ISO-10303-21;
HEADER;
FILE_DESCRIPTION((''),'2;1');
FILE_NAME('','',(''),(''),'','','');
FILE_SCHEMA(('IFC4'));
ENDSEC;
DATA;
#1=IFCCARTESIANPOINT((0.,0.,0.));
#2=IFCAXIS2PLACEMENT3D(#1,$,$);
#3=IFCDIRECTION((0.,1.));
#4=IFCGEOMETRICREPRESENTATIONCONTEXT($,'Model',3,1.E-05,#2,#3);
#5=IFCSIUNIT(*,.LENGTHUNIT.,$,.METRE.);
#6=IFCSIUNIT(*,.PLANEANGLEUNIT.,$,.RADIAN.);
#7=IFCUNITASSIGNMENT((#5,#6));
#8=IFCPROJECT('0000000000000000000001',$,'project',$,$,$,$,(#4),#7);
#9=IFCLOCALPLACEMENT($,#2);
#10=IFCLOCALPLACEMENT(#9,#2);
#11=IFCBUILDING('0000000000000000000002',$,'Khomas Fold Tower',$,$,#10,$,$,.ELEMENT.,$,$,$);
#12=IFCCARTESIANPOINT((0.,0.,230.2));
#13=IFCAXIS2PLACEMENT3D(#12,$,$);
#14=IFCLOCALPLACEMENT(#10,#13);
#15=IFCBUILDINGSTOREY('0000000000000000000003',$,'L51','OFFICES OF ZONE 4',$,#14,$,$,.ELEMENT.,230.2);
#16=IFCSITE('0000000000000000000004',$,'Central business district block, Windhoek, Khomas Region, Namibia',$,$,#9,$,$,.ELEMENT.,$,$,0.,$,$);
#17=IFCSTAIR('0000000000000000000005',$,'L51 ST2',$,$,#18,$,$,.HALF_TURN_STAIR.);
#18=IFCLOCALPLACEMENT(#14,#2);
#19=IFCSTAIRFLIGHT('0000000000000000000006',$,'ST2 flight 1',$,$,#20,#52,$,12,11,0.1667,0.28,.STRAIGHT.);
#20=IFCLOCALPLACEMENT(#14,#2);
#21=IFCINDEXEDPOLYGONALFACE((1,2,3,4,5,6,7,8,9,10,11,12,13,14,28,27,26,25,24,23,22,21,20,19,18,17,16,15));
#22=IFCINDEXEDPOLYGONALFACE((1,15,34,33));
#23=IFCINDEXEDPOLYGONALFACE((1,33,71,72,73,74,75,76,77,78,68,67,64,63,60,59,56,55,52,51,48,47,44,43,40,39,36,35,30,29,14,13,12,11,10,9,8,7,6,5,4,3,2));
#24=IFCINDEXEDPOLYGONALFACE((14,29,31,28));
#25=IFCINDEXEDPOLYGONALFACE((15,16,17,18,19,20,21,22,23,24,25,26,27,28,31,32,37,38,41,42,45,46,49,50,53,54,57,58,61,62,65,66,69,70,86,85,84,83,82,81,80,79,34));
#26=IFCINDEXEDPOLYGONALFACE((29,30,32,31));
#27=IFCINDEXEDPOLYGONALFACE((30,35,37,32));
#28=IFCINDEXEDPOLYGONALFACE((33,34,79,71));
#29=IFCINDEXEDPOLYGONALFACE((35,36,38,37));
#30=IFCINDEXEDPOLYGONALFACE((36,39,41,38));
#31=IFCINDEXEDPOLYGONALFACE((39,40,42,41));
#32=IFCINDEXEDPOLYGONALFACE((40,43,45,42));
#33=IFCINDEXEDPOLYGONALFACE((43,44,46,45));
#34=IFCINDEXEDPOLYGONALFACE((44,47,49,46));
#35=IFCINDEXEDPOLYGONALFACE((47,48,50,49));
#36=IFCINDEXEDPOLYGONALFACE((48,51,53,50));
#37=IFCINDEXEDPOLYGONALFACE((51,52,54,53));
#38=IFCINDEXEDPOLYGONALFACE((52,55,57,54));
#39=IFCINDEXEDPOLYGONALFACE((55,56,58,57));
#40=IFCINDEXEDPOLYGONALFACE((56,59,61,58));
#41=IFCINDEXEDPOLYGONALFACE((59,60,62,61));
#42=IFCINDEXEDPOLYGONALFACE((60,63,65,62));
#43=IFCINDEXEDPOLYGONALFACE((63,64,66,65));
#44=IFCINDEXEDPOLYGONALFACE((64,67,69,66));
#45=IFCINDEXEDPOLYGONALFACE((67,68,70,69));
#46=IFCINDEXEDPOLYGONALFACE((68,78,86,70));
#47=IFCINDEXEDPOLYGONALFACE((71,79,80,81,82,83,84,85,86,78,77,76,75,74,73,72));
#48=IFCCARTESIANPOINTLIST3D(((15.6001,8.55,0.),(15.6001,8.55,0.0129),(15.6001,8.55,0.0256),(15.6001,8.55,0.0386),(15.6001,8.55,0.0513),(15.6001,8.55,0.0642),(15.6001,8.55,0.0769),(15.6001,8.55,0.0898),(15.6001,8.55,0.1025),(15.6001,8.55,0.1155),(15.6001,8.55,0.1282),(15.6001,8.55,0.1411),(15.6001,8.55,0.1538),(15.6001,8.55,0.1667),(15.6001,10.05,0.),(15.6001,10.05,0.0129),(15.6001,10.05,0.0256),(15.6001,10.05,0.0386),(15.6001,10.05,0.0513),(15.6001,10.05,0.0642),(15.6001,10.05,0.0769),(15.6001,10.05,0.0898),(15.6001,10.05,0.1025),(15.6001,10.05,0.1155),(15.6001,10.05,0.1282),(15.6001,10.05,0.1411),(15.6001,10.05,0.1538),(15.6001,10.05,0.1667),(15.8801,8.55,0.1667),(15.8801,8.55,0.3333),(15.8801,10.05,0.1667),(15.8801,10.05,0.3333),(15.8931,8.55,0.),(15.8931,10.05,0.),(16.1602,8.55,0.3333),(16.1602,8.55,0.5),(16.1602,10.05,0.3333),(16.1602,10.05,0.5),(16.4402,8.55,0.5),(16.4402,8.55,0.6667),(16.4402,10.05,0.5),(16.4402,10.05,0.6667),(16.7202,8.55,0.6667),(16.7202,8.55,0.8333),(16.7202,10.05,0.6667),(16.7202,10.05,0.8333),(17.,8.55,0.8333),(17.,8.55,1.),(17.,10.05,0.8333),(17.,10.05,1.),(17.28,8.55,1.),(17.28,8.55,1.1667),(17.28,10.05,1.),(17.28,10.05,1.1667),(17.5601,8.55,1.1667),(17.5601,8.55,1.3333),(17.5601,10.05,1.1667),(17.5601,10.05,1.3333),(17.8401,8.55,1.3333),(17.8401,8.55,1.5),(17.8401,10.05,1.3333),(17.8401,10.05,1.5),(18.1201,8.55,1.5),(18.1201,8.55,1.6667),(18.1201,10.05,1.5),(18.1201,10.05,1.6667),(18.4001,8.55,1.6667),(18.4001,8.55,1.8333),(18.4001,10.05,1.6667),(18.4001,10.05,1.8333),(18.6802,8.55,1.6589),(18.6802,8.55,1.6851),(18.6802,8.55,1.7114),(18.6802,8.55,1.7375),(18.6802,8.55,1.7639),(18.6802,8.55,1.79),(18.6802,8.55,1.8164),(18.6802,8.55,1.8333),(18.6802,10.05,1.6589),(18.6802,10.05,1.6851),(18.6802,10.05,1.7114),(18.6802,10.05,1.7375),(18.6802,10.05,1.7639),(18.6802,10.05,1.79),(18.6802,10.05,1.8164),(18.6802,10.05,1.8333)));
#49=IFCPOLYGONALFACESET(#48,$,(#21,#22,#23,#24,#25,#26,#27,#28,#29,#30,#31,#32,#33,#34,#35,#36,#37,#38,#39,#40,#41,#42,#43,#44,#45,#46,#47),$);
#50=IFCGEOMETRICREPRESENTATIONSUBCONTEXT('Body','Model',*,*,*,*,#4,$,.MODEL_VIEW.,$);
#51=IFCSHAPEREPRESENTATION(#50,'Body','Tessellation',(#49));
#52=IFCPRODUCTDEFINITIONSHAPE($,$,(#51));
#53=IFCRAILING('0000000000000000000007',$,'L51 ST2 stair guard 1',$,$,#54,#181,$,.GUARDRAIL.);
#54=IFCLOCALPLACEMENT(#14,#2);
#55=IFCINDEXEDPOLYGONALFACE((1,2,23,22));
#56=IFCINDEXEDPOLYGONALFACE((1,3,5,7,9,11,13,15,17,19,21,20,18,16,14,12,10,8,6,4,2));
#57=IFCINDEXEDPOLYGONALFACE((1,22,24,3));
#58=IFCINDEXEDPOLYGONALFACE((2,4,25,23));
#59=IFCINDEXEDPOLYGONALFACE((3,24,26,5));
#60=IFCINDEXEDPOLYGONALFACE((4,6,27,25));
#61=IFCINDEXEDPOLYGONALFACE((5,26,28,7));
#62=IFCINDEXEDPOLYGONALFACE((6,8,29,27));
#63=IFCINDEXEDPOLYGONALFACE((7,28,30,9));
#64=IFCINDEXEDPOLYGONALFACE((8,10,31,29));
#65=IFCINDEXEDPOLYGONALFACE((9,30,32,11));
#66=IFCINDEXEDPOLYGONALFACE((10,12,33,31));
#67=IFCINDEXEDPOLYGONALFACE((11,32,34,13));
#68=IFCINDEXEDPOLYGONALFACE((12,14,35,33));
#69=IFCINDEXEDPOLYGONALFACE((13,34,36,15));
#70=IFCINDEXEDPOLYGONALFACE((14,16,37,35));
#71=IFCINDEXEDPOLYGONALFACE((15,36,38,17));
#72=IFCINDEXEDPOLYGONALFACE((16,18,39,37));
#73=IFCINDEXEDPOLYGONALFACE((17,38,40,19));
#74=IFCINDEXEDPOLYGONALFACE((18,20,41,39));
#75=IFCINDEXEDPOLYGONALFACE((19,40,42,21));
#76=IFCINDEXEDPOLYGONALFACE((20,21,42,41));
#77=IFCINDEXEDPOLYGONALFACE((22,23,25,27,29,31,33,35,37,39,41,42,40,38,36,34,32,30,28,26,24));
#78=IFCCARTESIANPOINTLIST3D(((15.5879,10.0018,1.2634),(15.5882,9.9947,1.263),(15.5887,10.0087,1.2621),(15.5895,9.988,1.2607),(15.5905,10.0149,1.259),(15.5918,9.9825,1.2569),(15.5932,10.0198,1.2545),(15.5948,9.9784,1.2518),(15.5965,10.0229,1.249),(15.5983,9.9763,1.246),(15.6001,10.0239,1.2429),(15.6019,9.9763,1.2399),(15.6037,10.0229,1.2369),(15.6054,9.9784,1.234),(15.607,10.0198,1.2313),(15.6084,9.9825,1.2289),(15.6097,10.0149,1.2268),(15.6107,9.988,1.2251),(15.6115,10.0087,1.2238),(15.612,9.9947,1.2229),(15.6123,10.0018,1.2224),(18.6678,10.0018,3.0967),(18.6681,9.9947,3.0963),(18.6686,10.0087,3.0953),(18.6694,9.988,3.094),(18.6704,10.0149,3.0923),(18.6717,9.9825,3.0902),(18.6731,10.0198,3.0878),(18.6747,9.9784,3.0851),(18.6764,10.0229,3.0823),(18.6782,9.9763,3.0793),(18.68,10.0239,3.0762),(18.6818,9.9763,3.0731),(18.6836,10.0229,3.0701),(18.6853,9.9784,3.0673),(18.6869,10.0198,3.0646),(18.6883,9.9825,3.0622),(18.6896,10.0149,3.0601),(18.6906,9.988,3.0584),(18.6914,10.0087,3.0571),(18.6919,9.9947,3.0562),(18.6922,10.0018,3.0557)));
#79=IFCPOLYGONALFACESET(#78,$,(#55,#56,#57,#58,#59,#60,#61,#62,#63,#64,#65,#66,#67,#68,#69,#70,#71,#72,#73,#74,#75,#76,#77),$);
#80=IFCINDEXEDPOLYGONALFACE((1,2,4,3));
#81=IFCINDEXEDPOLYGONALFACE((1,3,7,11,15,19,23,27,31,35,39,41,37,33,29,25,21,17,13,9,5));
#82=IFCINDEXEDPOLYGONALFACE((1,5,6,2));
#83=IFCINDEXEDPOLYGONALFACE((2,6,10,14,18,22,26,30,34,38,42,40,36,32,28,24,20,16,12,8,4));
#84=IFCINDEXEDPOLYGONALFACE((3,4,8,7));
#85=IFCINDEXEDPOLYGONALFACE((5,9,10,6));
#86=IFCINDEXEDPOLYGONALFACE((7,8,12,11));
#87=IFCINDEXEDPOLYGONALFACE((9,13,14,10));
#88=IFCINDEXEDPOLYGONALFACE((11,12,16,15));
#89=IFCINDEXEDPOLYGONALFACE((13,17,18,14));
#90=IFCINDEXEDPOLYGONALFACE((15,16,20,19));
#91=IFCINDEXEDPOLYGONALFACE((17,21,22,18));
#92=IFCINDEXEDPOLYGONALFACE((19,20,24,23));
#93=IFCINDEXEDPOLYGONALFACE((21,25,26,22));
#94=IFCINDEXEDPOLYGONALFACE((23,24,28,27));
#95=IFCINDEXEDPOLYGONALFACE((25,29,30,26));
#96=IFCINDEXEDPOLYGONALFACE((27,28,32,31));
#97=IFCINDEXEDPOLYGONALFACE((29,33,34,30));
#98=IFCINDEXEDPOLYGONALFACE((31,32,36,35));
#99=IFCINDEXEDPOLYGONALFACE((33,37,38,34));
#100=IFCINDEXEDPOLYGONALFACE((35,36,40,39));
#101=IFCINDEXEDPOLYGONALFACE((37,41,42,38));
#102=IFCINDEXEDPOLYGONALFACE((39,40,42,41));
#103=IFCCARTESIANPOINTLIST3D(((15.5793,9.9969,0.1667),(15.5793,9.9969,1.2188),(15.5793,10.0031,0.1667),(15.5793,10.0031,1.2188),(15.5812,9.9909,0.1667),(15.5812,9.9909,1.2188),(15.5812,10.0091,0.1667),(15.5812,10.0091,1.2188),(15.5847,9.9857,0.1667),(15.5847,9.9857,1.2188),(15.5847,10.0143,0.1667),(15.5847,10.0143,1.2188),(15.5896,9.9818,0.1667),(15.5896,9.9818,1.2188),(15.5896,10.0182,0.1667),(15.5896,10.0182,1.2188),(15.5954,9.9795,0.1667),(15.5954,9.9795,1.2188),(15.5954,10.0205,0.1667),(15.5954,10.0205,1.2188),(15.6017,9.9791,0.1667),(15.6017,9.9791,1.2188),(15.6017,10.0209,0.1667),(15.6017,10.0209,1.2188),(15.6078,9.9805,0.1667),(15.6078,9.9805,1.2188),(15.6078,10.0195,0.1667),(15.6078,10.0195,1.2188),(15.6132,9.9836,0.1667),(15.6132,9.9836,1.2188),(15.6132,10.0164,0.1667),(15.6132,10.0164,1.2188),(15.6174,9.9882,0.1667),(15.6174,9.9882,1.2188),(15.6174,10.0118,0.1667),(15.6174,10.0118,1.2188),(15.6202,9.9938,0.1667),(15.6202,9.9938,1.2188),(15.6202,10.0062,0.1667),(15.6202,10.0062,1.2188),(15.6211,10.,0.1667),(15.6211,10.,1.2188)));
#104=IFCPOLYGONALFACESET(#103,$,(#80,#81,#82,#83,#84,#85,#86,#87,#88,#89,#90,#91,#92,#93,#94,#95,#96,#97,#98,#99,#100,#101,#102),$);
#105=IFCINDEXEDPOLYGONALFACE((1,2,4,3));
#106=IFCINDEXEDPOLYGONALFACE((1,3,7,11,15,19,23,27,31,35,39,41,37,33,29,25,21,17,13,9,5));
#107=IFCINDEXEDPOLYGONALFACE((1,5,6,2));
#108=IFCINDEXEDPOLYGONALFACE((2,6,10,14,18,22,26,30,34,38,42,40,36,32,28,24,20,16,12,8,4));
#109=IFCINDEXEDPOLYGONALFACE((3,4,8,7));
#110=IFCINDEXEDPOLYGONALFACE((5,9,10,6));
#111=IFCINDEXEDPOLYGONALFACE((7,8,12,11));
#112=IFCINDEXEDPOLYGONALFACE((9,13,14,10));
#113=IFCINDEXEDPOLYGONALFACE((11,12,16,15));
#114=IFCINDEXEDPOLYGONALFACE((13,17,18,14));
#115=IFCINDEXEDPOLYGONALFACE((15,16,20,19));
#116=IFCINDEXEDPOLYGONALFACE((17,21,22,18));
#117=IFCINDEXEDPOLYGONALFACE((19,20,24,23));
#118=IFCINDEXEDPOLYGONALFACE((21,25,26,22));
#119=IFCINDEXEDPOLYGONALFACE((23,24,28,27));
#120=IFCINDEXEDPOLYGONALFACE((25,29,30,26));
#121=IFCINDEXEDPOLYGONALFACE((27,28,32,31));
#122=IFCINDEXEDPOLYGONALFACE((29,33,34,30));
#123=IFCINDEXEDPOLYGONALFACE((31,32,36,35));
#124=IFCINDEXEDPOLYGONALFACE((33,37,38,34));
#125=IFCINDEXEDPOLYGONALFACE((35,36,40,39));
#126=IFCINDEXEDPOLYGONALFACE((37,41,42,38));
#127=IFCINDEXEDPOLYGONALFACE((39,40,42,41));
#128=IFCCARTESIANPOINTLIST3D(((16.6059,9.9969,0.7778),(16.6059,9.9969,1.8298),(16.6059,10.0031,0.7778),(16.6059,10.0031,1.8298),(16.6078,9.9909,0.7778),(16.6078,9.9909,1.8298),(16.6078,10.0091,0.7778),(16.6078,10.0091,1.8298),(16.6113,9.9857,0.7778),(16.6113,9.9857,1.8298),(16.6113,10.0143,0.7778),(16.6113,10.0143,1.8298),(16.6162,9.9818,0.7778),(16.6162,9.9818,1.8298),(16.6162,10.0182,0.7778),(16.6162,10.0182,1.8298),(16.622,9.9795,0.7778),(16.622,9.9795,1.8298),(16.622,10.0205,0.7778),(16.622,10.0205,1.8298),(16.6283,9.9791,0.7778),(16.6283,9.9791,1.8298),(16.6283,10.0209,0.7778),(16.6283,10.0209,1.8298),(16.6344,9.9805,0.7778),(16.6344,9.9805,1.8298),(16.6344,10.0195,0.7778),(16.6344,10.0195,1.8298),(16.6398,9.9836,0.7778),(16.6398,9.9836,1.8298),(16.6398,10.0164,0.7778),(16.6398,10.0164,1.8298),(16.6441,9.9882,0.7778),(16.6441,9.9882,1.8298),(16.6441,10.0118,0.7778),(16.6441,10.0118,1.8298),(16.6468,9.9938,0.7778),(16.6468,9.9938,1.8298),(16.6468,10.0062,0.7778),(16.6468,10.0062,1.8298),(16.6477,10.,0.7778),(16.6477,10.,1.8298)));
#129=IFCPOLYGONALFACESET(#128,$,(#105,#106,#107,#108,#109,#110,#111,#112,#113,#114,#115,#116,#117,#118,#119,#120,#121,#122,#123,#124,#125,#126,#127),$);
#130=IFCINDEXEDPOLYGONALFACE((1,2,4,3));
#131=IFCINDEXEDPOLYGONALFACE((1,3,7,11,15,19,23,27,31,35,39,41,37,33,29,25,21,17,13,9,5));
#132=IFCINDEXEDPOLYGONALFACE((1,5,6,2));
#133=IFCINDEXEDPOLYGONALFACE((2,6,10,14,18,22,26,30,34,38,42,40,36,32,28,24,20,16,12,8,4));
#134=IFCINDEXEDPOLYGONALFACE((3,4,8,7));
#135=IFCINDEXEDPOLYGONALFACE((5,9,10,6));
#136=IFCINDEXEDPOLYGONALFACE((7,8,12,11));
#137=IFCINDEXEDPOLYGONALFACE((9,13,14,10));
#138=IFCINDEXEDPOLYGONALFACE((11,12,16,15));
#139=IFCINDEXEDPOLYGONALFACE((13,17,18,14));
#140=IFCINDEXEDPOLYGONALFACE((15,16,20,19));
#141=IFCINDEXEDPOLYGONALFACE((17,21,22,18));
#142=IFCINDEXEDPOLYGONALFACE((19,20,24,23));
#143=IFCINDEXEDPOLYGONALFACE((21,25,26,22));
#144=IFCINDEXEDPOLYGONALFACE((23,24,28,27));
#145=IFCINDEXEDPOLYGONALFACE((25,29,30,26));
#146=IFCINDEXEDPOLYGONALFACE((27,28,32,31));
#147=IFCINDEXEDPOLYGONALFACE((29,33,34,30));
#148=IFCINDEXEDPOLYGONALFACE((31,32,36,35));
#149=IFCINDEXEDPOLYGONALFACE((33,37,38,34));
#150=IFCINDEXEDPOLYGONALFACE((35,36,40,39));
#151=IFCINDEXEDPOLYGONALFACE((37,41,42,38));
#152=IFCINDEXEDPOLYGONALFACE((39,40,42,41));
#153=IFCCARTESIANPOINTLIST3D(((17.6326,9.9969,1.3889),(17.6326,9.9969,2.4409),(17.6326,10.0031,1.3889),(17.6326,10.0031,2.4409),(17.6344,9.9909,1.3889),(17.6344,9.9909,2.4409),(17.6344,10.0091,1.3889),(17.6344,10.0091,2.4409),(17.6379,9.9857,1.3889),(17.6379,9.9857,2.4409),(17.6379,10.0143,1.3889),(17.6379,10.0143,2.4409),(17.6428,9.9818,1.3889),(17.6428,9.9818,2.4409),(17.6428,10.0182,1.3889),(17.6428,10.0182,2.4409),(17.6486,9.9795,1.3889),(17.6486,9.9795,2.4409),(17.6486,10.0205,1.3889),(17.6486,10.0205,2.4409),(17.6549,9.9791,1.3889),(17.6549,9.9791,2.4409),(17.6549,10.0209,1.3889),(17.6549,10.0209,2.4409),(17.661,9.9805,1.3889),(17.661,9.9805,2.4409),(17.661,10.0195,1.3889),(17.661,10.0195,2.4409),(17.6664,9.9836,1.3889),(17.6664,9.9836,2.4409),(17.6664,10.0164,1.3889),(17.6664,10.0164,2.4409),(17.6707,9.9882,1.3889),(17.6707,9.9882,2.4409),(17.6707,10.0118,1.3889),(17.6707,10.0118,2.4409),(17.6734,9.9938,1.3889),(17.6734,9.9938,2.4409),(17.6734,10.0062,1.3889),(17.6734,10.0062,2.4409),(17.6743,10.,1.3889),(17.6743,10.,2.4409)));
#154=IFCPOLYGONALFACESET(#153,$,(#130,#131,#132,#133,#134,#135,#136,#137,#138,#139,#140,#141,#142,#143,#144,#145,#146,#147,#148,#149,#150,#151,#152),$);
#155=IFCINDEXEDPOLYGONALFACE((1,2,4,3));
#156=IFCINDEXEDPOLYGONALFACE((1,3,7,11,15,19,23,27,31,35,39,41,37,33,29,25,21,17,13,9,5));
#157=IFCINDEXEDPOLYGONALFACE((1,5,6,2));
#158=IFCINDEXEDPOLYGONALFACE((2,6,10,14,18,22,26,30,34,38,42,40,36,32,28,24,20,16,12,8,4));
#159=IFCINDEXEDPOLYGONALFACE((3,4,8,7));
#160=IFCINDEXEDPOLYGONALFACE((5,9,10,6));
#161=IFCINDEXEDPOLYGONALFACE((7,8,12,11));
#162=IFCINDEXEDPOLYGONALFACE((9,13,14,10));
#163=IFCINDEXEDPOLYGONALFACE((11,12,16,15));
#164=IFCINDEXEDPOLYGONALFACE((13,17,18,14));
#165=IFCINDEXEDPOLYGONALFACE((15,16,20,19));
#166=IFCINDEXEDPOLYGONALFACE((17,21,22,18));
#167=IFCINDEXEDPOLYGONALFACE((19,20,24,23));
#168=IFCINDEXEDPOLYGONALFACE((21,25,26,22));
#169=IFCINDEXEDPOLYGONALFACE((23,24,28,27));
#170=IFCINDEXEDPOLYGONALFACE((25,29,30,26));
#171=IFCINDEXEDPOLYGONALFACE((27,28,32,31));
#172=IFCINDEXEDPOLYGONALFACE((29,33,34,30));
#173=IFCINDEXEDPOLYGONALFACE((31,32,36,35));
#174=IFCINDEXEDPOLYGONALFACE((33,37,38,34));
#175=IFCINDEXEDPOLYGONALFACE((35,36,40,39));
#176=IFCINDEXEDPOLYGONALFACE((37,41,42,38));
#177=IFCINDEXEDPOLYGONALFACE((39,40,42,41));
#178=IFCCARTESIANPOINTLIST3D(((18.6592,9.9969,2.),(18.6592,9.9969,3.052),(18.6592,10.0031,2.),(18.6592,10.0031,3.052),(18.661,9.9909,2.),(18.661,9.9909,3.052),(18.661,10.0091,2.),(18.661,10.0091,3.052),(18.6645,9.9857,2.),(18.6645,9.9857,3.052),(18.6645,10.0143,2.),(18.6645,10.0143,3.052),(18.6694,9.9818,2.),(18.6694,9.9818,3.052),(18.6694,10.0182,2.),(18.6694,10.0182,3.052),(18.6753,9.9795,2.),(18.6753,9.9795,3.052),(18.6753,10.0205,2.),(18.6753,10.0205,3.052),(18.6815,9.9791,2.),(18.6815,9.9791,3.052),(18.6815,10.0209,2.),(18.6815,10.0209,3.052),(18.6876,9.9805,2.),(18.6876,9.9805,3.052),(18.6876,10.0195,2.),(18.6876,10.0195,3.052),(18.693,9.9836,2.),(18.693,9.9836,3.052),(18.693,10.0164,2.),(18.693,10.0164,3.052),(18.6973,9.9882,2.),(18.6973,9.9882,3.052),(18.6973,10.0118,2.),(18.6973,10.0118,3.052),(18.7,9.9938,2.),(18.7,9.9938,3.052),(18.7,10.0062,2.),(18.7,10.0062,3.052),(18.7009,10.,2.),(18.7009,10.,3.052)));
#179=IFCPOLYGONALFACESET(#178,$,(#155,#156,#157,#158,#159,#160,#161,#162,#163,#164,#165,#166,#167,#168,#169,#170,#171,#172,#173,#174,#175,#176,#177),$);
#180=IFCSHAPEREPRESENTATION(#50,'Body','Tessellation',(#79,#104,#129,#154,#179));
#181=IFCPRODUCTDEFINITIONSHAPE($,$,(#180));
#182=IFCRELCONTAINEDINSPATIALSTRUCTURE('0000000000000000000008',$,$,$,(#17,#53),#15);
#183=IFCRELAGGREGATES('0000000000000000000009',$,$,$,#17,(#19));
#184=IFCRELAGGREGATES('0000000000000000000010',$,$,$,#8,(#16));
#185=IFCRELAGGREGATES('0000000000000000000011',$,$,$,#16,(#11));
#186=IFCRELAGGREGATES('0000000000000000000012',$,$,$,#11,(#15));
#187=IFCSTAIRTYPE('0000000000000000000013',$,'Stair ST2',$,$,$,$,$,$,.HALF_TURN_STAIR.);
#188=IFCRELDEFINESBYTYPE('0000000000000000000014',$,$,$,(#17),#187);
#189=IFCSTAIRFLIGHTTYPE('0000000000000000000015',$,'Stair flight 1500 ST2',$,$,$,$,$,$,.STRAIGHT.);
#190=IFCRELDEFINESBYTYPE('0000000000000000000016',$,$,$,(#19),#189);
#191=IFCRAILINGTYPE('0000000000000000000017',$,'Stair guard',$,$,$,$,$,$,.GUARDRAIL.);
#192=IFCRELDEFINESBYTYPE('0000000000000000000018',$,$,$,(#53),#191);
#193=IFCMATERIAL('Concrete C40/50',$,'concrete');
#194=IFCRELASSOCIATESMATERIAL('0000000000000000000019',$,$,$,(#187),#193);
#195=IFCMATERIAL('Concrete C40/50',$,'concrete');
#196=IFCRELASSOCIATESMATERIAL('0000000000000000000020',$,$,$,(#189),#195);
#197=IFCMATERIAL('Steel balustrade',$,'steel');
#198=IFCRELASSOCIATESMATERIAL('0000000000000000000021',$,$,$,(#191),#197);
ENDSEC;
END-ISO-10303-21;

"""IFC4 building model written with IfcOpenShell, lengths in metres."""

from ifc_helpers import new_model, si_unit, direction, frame, origin, origin_2d, place, context, subcontext, project, spatial, polyline, circle, outline, extrude, source, transform, mapped, material, type_object, element, aggregate, save


model = new_model("IFC4")

# Units and contexts
model_context = context("Model", 3, precision=1e-05, world=origin(), true_north=direction((0.0, 1.0)))
body_context = subcontext(model_context, "Body", "Model", "MODEL_VIEW")
ifc_project = project(units=[si_unit("LENGTHUNIT", "METRE"), si_unit("PLANEANGLEUNIT", "RADIAN")], contexts=[model_context])

# Site, building, storey
site_placement = place(None, origin())
site = spatial("IfcSite", under=ifc_project, at=site_placement, Name="Central business district block, Windhoek, Khomas Region, Namibia", CompositionType="ELEMENT", RefElevation=0.0)
building_placement = place(site_placement, origin())
building = spatial("IfcBuilding", under=site, at=building_placement, Name="Khomas Fold Tower", CompositionType="ELEMENT")
storey_placement = place(building_placement, frame((0.0, 0.0, 230.2)))
storey = spatial("IfcBuildingStorey", under=building, at=storey_placement, Name="L51", Description="OFFICES OF ZONE 4", CompositionType="ELEMENT", Elevation=230.2)

# Stair, stair flight
ifc_material_1 = material(Name="Concrete C40/50", Category="concrete")
stair_type = type_object("IfcStairType", Name="Stair ST2", PredefinedType="HALF_TURN_STAIR", material=ifc_material_1)
stair_placement = place(storey_placement, origin())
stair = element("IfcStair", 1, at=stair_placement, inside=storey, type_object=stair_type, Name="L51 ST2", PredefinedType="HALF_TURN_STAIR")
ifc_material_2 = material(Name="Concrete C40/50", Category="concrete")
stair_flight_type = type_object("IfcStairFlightType", Name="Stair flight 1500 ST2", PredefinedType="STRAIGHT", material=ifc_material_2)
shared_shape_1 = source(origin(), body_context, "Body", "SweptSolid", [
    extrude(outline(polyline([(0.0, 0.0), (0.0, 0.0129), (0.0, 0.0256), (0.0, 0.0386), (0.0, 0.0513), (0.0, 0.0642), (0.0, 0.0769), (0.0, 0.0898), (0.0, 0.1025), (0.0, 0.1155), (0.0, 0.1282), (0.0, 0.1411), (0.0, 0.1538), (0.0, 0.1667), (0.28, 0.1667), (0.28, 0.3333), (0.5601, 0.3333), (0.5601, 0.5), (0.8401, 0.5), (0.8401, 0.6667), (1.1201, 0.6667), (1.1201, 0.8333), (1.3999, 0.8333), (1.3999, 1.0), (1.6799, 1.0), (1.6799, 1.1667), (1.96, 1.1667), (1.96, 1.3333), (2.24, 1.3333), (2.24, 1.5), (2.52, 1.5), (2.52, 1.6667), (2.8, 1.6667), (2.8, 1.8333), (3.0801, 1.8333), (3.0801, 2.0), (3.0801, 1.9739), (3.0801, 1.9475), (3.0801, 1.9214), (3.0801, 1.895), (3.0801, 1.8689), (3.0801, 1.8425), (3.0801, 1.8164), (3.0801, 1.79), (3.0801, 1.7639), (3.0801, 1.7375), (3.0801, 1.7114), (3.0801, 1.6851), (3.0801, 1.6589), (0.293, 0.0), (0.0, 0.0)])), frame((0.0, 0.75, 0.0), z_axis=(0.0, -1.0, 0.0), x_axis=(1.0, 0.0, 0.0)), (0.0, 0.0, 1.0), 1.5),
])
stair_flight_placement = place(storey_placement, frame((15.6001, 9.3, 0.0), z_axis=(0.0, 0.0, 1.0), x_axis=(1.0, 0.0, 0.0)))
stair_flight = element("IfcStairFlight", 2, at=stair_flight_placement, type_object=stair_flight_type, Name="ST2 flight 1", NumberOfRisers=12, NumberOfTreads=11, PredefinedType="STRAIGHT", RiserHeight=0.1667, TreadLength=0.28, context=body_context, shape_type="MappedRepresentation", body=[
    mapped(shared_shape_1, transform((0.0, 0.0, 0.0))),
])
aggregate(stair, [stair_flight])

# Railing
ifc_material_3 = material(Name="Steel balustrade", Category="steel")
railing_type_1 = type_object("IfcRailingType", Name="Stair guard", PredefinedType="GUARDRAIL", material=ifc_material_3)
shared_shape_2 = source(origin(), body_context, "Body", "SweptSolid", [
    extrude(circle(Radius=0.0239, at=origin_2d()), frame((0.0, 0.0, 1.0762), z_axis=(0.859291, 0.0, 0.511487), x_axis=(0.0, 1.0, 0.0)), (0.0, 0.0, 1.0), 3.5842),
    extrude(circle(Radius=0.021, at=origin_2d()), origin(), (0.0, 0.0, 1.0), 1.052),
    extrude(circle(Radius=0.021, at=origin_2d()), frame((1.0266, 0.0, 0.6111)), (0.0, 0.0, 1.0), 1.052),
    extrude(circle(Radius=0.021, at=origin_2d()), frame((2.0532, 0.0, 1.2222)), (0.0, 0.0, 1.0), 1.052),
    extrude(circle(Radius=0.021, at=origin_2d()), frame((3.0798, 0.0, 1.8333)), (0.0, 0.0, 1.0), 1.052),
])
railing_1_placement = place(storey_placement, frame((15.6001, 10.0, 0.1667)))
element("IfcRailing", 3, at=railing_1_placement, inside=storey, type_object=railing_type_1, Name="L51 ST2 stair guard 1", PredefinedType="GUARDRAIL", context=body_context, shape_type="MappedRepresentation", body=[
    mapped(shared_shape_2, transform((0.0, 0.0, 0.0))),
])

save(model, "model.ifc")
